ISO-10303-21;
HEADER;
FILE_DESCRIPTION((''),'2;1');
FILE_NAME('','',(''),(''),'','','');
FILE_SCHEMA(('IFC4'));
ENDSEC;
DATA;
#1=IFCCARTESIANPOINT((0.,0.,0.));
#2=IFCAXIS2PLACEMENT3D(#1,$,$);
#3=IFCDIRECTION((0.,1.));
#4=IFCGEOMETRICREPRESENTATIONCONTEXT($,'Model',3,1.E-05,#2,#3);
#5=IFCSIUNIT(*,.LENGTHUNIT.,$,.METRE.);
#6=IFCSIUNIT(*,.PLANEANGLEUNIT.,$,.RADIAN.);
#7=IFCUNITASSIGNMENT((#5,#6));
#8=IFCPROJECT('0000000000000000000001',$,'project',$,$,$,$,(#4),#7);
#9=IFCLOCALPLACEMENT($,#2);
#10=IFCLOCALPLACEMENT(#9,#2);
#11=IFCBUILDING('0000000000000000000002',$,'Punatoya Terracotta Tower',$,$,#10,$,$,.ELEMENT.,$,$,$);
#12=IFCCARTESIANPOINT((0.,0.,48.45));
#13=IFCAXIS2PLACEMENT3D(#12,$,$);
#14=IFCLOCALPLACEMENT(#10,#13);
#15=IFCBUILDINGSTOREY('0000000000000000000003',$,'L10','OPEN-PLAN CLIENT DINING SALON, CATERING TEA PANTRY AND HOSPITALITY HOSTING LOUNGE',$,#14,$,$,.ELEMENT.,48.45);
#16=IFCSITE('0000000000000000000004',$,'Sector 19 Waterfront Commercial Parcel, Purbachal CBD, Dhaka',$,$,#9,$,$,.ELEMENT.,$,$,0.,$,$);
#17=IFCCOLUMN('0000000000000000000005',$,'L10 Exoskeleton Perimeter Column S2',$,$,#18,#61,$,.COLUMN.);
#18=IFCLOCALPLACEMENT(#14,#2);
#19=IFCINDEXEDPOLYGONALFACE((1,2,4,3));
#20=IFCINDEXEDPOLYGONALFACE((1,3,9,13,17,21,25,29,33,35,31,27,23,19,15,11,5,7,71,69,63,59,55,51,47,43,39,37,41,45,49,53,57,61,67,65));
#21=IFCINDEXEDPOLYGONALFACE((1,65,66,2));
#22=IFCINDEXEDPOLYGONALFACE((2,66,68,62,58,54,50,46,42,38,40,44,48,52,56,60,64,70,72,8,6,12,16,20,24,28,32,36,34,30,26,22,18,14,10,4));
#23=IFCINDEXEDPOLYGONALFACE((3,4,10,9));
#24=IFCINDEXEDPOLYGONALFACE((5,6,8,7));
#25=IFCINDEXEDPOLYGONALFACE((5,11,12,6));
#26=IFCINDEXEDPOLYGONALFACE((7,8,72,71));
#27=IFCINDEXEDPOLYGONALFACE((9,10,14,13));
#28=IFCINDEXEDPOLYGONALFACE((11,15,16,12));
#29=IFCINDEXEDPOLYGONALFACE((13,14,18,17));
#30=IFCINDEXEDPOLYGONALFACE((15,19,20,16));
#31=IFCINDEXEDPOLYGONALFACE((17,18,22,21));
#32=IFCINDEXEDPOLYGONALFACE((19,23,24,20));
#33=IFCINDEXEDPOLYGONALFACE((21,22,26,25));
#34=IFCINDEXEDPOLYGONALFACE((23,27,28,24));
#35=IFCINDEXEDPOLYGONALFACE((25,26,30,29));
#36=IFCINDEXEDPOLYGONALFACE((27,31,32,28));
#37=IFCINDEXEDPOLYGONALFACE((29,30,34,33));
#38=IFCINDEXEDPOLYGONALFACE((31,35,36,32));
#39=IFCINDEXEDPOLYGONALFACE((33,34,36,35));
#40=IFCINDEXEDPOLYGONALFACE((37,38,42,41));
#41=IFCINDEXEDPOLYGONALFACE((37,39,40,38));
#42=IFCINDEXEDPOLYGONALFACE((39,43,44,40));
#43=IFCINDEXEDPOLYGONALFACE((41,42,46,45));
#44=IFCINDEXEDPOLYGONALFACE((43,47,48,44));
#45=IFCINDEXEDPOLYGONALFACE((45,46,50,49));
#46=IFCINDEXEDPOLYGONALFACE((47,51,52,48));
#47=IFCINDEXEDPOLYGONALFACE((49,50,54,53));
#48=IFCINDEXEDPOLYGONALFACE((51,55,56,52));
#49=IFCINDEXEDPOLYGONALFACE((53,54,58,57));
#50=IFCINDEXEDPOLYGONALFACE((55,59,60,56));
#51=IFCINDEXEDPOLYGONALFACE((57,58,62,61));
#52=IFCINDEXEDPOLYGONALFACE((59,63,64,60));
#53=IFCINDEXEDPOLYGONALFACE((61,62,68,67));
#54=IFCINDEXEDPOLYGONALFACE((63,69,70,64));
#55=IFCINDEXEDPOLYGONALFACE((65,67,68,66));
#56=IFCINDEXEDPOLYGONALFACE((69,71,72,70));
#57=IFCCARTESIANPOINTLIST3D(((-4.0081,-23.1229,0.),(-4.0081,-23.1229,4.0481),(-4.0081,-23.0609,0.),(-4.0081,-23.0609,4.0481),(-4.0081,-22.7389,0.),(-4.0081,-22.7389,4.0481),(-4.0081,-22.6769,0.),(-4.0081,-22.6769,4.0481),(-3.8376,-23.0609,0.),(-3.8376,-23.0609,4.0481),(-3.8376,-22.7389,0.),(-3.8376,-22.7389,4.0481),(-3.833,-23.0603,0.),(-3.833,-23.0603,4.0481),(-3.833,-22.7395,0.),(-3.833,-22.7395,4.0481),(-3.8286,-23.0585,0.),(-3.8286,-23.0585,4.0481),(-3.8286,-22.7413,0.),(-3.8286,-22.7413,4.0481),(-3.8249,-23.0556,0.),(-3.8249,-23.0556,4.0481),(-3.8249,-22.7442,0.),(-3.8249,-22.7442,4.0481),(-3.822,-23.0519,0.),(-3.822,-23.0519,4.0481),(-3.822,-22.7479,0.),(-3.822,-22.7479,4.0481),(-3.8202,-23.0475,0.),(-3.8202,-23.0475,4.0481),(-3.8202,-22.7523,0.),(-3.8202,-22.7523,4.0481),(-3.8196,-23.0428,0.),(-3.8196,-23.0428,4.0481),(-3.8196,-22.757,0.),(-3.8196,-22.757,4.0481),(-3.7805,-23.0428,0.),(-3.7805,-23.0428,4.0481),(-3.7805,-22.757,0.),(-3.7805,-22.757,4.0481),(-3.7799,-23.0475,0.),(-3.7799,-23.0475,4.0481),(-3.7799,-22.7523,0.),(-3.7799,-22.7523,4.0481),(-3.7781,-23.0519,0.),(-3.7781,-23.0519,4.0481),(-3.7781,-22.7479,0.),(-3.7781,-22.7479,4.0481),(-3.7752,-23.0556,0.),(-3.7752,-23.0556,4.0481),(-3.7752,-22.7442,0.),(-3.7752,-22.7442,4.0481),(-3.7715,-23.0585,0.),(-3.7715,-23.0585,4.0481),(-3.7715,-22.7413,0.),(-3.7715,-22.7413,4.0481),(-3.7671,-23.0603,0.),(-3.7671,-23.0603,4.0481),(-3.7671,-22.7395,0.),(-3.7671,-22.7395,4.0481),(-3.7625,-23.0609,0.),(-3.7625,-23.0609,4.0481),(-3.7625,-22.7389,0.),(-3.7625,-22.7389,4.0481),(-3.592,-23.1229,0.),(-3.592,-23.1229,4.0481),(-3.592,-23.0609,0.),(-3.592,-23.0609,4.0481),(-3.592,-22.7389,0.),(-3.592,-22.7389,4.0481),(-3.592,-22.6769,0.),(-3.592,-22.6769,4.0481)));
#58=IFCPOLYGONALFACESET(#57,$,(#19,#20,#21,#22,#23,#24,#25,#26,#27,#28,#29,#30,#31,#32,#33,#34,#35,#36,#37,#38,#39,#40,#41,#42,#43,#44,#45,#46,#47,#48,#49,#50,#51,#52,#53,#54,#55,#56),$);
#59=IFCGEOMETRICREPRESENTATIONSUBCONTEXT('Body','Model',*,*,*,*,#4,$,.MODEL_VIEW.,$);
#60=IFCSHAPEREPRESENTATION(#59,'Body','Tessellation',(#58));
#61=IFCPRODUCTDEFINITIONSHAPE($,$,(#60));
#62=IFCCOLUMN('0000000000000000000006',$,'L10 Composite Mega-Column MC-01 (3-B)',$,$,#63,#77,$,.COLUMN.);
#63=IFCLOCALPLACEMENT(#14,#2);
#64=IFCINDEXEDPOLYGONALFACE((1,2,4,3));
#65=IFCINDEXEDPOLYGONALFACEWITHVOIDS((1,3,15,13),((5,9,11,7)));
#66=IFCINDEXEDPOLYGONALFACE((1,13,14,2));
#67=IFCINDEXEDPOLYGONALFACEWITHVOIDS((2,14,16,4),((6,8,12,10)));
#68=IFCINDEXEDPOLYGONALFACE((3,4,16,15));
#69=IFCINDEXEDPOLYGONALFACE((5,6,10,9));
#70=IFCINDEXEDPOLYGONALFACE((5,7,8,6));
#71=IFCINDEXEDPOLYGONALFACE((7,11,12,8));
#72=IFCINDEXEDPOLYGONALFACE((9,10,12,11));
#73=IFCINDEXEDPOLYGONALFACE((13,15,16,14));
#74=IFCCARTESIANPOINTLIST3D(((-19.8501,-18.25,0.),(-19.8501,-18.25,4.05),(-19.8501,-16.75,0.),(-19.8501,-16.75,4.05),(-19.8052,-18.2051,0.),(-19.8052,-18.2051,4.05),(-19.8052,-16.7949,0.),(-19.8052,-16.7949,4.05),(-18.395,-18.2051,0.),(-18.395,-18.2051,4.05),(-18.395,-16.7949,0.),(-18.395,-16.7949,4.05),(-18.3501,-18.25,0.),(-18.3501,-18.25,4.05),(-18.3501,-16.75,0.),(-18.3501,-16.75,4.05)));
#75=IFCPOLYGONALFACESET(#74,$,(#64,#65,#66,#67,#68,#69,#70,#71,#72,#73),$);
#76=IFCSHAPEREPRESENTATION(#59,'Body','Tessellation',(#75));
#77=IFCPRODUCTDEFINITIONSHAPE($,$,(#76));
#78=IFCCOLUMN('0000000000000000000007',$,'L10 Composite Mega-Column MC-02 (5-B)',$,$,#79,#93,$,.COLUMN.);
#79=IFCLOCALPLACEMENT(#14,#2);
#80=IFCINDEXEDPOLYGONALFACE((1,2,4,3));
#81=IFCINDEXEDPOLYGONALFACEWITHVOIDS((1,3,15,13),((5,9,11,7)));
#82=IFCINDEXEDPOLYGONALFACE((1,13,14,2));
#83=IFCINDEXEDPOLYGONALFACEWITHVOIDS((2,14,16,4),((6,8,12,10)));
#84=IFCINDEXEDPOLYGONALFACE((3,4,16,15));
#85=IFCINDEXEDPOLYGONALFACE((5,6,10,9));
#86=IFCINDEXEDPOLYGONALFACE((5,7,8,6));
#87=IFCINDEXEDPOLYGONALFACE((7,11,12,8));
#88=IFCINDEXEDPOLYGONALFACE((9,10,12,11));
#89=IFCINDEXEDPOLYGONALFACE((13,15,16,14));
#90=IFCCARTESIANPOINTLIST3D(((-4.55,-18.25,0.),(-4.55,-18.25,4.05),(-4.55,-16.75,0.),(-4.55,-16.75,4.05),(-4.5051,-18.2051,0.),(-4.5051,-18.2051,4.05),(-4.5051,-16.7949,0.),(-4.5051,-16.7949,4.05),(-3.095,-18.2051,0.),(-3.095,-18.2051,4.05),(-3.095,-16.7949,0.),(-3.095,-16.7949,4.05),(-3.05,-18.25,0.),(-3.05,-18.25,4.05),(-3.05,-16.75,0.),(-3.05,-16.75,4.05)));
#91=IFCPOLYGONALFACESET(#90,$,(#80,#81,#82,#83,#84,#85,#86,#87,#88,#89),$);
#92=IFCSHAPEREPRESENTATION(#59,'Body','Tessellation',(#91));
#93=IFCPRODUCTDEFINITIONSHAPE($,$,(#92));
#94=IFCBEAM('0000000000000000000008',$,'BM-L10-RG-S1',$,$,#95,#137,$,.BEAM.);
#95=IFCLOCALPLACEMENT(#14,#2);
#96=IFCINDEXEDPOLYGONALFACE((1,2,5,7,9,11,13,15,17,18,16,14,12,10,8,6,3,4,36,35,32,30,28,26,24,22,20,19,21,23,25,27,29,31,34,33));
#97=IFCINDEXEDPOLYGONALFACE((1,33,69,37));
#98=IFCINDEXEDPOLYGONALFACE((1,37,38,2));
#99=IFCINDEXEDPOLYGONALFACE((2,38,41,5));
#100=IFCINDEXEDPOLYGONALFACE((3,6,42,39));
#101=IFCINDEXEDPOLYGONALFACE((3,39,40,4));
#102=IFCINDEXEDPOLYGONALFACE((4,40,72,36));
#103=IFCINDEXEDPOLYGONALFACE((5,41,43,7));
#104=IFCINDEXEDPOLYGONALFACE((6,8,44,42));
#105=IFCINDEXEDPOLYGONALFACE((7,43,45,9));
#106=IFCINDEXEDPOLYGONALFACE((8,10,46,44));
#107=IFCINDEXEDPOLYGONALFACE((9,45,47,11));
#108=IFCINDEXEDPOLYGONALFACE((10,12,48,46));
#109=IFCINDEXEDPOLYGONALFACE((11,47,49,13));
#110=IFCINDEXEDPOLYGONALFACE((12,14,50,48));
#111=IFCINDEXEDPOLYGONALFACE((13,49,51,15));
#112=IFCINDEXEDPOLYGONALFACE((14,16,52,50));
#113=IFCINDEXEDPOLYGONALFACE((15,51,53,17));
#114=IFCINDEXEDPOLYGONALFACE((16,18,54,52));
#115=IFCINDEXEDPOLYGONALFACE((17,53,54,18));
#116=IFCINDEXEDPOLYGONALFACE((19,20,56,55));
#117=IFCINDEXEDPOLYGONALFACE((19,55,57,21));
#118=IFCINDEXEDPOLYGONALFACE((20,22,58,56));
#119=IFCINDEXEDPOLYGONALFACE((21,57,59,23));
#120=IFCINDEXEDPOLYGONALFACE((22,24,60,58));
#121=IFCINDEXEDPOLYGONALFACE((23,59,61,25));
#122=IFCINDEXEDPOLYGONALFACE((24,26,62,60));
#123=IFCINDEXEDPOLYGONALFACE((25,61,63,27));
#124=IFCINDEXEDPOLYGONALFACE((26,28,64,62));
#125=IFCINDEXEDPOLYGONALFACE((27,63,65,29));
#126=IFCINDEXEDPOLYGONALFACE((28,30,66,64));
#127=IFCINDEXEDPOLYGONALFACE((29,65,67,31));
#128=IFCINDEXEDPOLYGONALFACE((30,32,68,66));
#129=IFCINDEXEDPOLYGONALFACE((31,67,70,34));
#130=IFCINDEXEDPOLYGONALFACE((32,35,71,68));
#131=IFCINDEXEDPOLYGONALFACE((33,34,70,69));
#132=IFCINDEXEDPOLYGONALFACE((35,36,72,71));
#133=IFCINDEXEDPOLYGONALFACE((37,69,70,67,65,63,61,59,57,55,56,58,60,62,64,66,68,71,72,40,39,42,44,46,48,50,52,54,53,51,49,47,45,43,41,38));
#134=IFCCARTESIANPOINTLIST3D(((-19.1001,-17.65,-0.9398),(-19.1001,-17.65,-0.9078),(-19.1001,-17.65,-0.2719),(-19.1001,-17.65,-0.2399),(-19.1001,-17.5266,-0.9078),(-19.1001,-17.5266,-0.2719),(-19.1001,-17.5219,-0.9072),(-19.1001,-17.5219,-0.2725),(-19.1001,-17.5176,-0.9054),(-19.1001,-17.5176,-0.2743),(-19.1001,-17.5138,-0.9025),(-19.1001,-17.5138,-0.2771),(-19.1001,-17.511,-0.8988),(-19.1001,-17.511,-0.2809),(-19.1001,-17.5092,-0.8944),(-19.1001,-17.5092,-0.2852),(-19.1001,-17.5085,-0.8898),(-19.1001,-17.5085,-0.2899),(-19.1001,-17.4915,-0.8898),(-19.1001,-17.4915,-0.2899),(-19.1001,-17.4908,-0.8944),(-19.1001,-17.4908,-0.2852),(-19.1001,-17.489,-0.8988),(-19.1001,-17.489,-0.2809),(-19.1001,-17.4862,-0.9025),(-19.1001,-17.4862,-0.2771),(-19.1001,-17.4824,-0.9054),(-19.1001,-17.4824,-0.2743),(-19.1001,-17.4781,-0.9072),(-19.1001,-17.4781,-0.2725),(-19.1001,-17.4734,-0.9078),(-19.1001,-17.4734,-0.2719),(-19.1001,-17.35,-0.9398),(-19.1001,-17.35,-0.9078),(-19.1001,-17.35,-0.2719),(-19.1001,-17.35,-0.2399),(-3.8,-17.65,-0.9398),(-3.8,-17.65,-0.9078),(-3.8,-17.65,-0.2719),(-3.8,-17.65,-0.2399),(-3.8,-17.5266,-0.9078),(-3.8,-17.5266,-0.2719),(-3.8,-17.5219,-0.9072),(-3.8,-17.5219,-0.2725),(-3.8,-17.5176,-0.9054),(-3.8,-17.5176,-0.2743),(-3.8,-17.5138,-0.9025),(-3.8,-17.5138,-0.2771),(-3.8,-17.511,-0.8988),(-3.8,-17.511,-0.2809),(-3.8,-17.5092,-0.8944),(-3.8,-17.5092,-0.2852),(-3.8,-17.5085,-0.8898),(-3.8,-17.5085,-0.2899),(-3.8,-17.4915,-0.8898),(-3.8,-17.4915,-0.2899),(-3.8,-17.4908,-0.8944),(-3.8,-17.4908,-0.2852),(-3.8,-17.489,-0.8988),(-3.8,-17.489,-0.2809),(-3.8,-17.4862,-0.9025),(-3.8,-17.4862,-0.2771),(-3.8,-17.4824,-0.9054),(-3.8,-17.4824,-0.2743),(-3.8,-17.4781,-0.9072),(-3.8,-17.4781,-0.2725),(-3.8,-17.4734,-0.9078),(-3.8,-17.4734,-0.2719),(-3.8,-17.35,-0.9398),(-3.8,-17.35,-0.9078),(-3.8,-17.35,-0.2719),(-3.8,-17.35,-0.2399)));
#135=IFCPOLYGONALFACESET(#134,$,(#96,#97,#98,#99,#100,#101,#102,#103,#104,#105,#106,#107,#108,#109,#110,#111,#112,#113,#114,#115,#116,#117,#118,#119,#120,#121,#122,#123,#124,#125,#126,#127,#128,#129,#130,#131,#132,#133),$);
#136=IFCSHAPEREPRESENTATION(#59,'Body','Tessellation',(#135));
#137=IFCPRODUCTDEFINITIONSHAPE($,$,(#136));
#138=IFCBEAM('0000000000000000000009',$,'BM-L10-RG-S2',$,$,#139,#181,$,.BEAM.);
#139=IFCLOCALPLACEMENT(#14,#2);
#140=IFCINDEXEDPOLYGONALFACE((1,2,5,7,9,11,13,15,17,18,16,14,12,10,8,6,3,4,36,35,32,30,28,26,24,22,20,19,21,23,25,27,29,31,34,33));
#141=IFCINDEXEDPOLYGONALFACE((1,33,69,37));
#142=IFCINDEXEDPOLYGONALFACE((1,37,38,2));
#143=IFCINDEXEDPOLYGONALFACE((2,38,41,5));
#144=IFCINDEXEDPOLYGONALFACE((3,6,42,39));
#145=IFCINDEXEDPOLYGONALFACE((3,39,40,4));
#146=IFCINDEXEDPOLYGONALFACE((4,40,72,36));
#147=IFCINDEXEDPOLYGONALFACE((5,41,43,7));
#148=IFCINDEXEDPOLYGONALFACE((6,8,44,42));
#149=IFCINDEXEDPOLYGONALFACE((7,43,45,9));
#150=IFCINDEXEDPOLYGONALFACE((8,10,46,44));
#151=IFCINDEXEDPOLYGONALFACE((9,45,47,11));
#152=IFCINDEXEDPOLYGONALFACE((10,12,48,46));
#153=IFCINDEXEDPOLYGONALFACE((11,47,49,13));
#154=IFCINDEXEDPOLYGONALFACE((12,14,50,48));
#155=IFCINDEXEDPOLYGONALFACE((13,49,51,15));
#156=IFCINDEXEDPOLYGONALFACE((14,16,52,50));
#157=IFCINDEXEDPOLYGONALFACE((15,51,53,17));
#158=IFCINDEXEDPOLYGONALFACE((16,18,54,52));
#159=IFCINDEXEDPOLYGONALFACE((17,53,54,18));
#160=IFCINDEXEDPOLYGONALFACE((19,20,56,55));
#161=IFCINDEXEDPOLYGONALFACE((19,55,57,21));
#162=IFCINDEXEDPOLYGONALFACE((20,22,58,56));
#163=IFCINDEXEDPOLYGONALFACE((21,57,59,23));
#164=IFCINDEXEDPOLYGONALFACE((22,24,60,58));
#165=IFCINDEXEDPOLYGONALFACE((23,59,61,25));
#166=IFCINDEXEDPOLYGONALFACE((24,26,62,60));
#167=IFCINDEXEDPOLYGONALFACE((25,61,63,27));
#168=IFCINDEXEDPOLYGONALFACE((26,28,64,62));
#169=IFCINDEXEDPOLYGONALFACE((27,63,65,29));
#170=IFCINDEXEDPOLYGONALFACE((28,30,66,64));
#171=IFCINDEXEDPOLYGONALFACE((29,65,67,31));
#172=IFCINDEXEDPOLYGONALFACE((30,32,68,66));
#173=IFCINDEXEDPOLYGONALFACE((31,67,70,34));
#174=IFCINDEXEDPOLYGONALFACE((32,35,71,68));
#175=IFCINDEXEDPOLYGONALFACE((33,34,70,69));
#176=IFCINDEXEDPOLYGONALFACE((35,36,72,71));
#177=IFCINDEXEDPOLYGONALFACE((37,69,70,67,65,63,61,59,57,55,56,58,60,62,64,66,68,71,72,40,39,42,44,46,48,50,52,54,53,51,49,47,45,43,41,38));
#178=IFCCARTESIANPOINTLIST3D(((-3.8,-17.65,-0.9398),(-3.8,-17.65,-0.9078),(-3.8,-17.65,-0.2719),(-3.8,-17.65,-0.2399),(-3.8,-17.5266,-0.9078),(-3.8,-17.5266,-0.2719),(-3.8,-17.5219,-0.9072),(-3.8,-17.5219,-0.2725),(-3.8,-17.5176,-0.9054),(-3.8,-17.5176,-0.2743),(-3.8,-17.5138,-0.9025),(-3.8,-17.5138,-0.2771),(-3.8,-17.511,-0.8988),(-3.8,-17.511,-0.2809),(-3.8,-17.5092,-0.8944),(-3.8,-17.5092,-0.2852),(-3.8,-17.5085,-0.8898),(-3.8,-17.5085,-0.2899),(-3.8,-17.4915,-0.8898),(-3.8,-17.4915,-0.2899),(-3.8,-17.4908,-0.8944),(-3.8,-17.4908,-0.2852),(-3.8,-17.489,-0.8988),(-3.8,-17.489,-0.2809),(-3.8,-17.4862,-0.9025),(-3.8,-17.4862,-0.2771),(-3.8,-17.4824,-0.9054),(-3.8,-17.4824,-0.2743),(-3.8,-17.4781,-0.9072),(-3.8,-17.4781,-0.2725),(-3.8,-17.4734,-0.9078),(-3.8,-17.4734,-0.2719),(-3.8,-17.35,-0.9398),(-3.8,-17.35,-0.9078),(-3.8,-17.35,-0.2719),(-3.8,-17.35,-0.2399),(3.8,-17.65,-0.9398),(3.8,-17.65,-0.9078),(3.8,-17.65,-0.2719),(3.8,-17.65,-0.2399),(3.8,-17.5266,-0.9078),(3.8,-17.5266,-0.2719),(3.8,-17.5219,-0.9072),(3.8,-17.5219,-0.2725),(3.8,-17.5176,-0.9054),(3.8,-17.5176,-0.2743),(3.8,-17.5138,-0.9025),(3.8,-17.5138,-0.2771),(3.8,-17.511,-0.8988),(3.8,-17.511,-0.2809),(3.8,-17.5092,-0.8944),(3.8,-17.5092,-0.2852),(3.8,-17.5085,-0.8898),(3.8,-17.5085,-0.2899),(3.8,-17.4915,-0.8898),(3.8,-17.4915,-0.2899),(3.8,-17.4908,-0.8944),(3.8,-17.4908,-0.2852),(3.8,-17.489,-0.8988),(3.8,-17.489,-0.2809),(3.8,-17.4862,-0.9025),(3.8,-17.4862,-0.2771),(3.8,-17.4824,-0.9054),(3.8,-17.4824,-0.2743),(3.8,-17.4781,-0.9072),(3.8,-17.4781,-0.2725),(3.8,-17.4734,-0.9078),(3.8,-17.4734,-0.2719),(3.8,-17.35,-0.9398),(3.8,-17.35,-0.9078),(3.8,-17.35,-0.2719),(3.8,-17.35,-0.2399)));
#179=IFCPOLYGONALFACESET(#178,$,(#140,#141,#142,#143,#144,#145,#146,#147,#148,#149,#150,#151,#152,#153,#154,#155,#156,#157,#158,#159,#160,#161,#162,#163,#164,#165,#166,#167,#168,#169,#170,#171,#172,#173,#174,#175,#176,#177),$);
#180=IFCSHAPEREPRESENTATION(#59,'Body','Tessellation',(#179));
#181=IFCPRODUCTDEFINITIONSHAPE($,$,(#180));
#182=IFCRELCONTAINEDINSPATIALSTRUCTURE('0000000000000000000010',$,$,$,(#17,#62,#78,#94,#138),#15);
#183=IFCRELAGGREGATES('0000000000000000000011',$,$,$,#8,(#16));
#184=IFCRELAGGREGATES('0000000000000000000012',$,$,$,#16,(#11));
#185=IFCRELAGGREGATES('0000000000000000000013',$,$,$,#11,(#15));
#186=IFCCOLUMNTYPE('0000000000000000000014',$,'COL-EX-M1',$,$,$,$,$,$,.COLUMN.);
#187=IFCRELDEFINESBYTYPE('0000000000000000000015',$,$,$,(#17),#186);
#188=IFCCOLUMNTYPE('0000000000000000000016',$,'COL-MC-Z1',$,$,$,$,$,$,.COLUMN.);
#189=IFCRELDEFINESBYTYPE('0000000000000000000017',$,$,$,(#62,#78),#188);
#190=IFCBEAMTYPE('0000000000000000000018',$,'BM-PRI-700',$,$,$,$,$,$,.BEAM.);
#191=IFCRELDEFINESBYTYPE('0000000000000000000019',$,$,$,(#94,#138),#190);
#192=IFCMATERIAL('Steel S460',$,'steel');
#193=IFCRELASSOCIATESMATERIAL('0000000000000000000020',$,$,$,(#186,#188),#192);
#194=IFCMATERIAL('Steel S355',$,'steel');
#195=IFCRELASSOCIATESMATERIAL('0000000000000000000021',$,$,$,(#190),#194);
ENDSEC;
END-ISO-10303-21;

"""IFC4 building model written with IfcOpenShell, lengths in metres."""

from ifc_helpers import new_model, si_unit, direction, frame, origin, origin_2d, place, context, subcontext, project, spatial, hollow_rectangle, i_section, extrude, material, material_profile, profile_set, type_object, element, save


model = new_model("IFC4")

# Units and contexts
model_context = context("Model", 3, precision=1e-05, world=origin(), true_north=direction((0.0, 1.0)))
body_context = subcontext(model_context, "Body", "Model", "MODEL_VIEW")
ifc_project = project(units=[si_unit("LENGTHUNIT", "METRE"), si_unit("PLANEANGLEUNIT", "RADIAN")], contexts=[model_context])

# Site, building, storey
site_placement = place(None, origin())
site = spatial("IfcSite", under=ifc_project, at=site_placement, Name="Sector 19 Waterfront Commercial Parcel, Purbachal CBD, Dhaka", CompositionType="ELEMENT", RefElevation=0.0)
building_placement = place(site_placement, origin())
building = spatial("IfcBuilding", under=site, at=building_placement, Name="Punatoya Terracotta Tower", CompositionType="ELEMENT")
storey_placement = place(building_placement, frame((0.0, 0.0, 48.45)))
storey = spatial("IfcBuildingStorey", under=building, at=storey_placement, Name="L10", Description="OPEN-PLAN CLIENT DINING SALON, CATERING TEA PANTRY AND HOSPITALITY HOSTING LOUNGE", CompositionType="ELEMENT", Elevation=48.45)

# Columns
ifc_material_1 = material(Name="Steel S460", Category="steel")
ifc_material_profile_1 = material_profile(ifc_material_1, i_section(OverallWidth=0.416, OverallDepth=0.446, WebThickness=0.0391, FlangeThickness=0.062, FilletRadius=0.0181, at=origin_2d()))
ifc_profile_set_1 = profile_set([ifc_material_profile_1], Name="Steel S460")
column_type_1 = type_object("IfcColumnType", Name="COL-EX-M1", PredefinedType="COLUMN", material=ifc_profile_set_1)
column_placement = place(storey_placement, frame((-3.8, -22.8999, 0.0), z_axis=(0.0, 0.0, 1.0), x_axis=(1.0, 0.0, 0.0)))
element("IfcColumn", 1, at=column_placement, inside=storey, type_object=column_type_1, Name="L10 Exoskeleton Perimeter Column S2", PredefinedType="COLUMN", context=body_context, shape_type="SweptSolid", body=[
    extrude(i_section(OverallWidth=0.416, OverallDepth=0.446, WebThickness=0.0391, FlangeThickness=0.062, FilletRadius=0.0181, at=origin_2d()), origin(), (0.0, 0.0, 1.0), 4.0481),
])
ifc_material_profile_2 = material_profile(ifc_material_1, hollow_rectangle(XDim=1.5, YDim=1.5, WallThickness=0.0449, at=origin_2d()))
ifc_profile_set_2 = profile_set([ifc_material_profile_2], Name="Steel S460")
column_type_2 = type_object("IfcColumnType", Name="COL-MC-Z1", PredefinedType="COLUMN", material=ifc_profile_set_2)
for number, where, z_axis, x_axis, name in (
    (2, (-19.1001, -17.5, 0.0), (0.0, 0.0, 1.0), (1.0, 0.0, 0.0), "L10 Composite Mega-Column MC-01 (3-B)"),
    (3, (-3.8, -17.5, 0.0), (0.0, 0.0, 1.0), (1.0, 0.0, 0.0), "L10 Composite Mega-Column MC-02 (5-B)"),
):
    element("IfcColumn", number, at=place(storey_placement, frame(where, z_axis=z_axis, x_axis=x_axis)), inside=storey, type_object=column_type_2, Name=name, PredefinedType="COLUMN", context=body_context, shape_type="SweptSolid", body=[
        extrude(hollow_rectangle(XDim=1.5, YDim=1.5, WallThickness=0.0449, at=origin_2d()), origin(), (0.0, 0.0, 1.0), 4.05),
    ])

# Beams
ifc_material_2 = material(Name="Steel S355", Category="steel")
ifc_material_profile_3 = material_profile(ifc_material_2, i_section(OverallWidth=0.3, OverallDepth=0.7, WebThickness=0.0171, FlangeThickness=0.032, FilletRadius=0.0181, at=origin_2d()))
ifc_profile_set_3 = profile_set([ifc_material_profile_3], Name="Steel S355")
beam_type_1 = type_object("IfcBeamType", Name="BM-PRI-700", PredefinedType="BEAM", material=ifc_profile_set_3)
beam_1_placement = place(storey_placement, frame((-19.1001, -17.5, -0.5898), z_axis=(1.0, 0.0, 0.0), x_axis=(0.0, 1.0, 0.0)))
element("IfcBeam", 4, at=beam_1_placement, inside=storey, type_object=beam_type_1, Name="BM-L10-RG-S1", PredefinedType="BEAM", context=body_context, shape_type="SweptSolid", body=[
    extrude(i_section(OverallWidth=0.3, OverallDepth=0.7, WebThickness=0.0171, FlangeThickness=0.032, FilletRadius=0.0181, at=origin_2d()), origin(), (0.0, 0.0, 1.0), 15.3),
])
beam_2_placement = place(storey_placement, frame((-3.8, -17.5, -0.5898), z_axis=(1.0, 0.0, 0.0), x_axis=(0.0, 1.0, 0.0)))
element("IfcBeam", 5, at=beam_2_placement, inside=storey, type_object=beam_type_1, Name="BM-L10-RG-S2", PredefinedType="BEAM", context=body_context, shape_type="SweptSolid", body=[
    extrude(i_section(OverallWidth=0.3, OverallDepth=0.7, WebThickness=0.0171, FlangeThickness=0.032, FilletRadius=0.0181, at=origin_2d()), origin(), (0.0, 0.0, 1.0), 7.6001),
])

save(model, "model.ifc")
